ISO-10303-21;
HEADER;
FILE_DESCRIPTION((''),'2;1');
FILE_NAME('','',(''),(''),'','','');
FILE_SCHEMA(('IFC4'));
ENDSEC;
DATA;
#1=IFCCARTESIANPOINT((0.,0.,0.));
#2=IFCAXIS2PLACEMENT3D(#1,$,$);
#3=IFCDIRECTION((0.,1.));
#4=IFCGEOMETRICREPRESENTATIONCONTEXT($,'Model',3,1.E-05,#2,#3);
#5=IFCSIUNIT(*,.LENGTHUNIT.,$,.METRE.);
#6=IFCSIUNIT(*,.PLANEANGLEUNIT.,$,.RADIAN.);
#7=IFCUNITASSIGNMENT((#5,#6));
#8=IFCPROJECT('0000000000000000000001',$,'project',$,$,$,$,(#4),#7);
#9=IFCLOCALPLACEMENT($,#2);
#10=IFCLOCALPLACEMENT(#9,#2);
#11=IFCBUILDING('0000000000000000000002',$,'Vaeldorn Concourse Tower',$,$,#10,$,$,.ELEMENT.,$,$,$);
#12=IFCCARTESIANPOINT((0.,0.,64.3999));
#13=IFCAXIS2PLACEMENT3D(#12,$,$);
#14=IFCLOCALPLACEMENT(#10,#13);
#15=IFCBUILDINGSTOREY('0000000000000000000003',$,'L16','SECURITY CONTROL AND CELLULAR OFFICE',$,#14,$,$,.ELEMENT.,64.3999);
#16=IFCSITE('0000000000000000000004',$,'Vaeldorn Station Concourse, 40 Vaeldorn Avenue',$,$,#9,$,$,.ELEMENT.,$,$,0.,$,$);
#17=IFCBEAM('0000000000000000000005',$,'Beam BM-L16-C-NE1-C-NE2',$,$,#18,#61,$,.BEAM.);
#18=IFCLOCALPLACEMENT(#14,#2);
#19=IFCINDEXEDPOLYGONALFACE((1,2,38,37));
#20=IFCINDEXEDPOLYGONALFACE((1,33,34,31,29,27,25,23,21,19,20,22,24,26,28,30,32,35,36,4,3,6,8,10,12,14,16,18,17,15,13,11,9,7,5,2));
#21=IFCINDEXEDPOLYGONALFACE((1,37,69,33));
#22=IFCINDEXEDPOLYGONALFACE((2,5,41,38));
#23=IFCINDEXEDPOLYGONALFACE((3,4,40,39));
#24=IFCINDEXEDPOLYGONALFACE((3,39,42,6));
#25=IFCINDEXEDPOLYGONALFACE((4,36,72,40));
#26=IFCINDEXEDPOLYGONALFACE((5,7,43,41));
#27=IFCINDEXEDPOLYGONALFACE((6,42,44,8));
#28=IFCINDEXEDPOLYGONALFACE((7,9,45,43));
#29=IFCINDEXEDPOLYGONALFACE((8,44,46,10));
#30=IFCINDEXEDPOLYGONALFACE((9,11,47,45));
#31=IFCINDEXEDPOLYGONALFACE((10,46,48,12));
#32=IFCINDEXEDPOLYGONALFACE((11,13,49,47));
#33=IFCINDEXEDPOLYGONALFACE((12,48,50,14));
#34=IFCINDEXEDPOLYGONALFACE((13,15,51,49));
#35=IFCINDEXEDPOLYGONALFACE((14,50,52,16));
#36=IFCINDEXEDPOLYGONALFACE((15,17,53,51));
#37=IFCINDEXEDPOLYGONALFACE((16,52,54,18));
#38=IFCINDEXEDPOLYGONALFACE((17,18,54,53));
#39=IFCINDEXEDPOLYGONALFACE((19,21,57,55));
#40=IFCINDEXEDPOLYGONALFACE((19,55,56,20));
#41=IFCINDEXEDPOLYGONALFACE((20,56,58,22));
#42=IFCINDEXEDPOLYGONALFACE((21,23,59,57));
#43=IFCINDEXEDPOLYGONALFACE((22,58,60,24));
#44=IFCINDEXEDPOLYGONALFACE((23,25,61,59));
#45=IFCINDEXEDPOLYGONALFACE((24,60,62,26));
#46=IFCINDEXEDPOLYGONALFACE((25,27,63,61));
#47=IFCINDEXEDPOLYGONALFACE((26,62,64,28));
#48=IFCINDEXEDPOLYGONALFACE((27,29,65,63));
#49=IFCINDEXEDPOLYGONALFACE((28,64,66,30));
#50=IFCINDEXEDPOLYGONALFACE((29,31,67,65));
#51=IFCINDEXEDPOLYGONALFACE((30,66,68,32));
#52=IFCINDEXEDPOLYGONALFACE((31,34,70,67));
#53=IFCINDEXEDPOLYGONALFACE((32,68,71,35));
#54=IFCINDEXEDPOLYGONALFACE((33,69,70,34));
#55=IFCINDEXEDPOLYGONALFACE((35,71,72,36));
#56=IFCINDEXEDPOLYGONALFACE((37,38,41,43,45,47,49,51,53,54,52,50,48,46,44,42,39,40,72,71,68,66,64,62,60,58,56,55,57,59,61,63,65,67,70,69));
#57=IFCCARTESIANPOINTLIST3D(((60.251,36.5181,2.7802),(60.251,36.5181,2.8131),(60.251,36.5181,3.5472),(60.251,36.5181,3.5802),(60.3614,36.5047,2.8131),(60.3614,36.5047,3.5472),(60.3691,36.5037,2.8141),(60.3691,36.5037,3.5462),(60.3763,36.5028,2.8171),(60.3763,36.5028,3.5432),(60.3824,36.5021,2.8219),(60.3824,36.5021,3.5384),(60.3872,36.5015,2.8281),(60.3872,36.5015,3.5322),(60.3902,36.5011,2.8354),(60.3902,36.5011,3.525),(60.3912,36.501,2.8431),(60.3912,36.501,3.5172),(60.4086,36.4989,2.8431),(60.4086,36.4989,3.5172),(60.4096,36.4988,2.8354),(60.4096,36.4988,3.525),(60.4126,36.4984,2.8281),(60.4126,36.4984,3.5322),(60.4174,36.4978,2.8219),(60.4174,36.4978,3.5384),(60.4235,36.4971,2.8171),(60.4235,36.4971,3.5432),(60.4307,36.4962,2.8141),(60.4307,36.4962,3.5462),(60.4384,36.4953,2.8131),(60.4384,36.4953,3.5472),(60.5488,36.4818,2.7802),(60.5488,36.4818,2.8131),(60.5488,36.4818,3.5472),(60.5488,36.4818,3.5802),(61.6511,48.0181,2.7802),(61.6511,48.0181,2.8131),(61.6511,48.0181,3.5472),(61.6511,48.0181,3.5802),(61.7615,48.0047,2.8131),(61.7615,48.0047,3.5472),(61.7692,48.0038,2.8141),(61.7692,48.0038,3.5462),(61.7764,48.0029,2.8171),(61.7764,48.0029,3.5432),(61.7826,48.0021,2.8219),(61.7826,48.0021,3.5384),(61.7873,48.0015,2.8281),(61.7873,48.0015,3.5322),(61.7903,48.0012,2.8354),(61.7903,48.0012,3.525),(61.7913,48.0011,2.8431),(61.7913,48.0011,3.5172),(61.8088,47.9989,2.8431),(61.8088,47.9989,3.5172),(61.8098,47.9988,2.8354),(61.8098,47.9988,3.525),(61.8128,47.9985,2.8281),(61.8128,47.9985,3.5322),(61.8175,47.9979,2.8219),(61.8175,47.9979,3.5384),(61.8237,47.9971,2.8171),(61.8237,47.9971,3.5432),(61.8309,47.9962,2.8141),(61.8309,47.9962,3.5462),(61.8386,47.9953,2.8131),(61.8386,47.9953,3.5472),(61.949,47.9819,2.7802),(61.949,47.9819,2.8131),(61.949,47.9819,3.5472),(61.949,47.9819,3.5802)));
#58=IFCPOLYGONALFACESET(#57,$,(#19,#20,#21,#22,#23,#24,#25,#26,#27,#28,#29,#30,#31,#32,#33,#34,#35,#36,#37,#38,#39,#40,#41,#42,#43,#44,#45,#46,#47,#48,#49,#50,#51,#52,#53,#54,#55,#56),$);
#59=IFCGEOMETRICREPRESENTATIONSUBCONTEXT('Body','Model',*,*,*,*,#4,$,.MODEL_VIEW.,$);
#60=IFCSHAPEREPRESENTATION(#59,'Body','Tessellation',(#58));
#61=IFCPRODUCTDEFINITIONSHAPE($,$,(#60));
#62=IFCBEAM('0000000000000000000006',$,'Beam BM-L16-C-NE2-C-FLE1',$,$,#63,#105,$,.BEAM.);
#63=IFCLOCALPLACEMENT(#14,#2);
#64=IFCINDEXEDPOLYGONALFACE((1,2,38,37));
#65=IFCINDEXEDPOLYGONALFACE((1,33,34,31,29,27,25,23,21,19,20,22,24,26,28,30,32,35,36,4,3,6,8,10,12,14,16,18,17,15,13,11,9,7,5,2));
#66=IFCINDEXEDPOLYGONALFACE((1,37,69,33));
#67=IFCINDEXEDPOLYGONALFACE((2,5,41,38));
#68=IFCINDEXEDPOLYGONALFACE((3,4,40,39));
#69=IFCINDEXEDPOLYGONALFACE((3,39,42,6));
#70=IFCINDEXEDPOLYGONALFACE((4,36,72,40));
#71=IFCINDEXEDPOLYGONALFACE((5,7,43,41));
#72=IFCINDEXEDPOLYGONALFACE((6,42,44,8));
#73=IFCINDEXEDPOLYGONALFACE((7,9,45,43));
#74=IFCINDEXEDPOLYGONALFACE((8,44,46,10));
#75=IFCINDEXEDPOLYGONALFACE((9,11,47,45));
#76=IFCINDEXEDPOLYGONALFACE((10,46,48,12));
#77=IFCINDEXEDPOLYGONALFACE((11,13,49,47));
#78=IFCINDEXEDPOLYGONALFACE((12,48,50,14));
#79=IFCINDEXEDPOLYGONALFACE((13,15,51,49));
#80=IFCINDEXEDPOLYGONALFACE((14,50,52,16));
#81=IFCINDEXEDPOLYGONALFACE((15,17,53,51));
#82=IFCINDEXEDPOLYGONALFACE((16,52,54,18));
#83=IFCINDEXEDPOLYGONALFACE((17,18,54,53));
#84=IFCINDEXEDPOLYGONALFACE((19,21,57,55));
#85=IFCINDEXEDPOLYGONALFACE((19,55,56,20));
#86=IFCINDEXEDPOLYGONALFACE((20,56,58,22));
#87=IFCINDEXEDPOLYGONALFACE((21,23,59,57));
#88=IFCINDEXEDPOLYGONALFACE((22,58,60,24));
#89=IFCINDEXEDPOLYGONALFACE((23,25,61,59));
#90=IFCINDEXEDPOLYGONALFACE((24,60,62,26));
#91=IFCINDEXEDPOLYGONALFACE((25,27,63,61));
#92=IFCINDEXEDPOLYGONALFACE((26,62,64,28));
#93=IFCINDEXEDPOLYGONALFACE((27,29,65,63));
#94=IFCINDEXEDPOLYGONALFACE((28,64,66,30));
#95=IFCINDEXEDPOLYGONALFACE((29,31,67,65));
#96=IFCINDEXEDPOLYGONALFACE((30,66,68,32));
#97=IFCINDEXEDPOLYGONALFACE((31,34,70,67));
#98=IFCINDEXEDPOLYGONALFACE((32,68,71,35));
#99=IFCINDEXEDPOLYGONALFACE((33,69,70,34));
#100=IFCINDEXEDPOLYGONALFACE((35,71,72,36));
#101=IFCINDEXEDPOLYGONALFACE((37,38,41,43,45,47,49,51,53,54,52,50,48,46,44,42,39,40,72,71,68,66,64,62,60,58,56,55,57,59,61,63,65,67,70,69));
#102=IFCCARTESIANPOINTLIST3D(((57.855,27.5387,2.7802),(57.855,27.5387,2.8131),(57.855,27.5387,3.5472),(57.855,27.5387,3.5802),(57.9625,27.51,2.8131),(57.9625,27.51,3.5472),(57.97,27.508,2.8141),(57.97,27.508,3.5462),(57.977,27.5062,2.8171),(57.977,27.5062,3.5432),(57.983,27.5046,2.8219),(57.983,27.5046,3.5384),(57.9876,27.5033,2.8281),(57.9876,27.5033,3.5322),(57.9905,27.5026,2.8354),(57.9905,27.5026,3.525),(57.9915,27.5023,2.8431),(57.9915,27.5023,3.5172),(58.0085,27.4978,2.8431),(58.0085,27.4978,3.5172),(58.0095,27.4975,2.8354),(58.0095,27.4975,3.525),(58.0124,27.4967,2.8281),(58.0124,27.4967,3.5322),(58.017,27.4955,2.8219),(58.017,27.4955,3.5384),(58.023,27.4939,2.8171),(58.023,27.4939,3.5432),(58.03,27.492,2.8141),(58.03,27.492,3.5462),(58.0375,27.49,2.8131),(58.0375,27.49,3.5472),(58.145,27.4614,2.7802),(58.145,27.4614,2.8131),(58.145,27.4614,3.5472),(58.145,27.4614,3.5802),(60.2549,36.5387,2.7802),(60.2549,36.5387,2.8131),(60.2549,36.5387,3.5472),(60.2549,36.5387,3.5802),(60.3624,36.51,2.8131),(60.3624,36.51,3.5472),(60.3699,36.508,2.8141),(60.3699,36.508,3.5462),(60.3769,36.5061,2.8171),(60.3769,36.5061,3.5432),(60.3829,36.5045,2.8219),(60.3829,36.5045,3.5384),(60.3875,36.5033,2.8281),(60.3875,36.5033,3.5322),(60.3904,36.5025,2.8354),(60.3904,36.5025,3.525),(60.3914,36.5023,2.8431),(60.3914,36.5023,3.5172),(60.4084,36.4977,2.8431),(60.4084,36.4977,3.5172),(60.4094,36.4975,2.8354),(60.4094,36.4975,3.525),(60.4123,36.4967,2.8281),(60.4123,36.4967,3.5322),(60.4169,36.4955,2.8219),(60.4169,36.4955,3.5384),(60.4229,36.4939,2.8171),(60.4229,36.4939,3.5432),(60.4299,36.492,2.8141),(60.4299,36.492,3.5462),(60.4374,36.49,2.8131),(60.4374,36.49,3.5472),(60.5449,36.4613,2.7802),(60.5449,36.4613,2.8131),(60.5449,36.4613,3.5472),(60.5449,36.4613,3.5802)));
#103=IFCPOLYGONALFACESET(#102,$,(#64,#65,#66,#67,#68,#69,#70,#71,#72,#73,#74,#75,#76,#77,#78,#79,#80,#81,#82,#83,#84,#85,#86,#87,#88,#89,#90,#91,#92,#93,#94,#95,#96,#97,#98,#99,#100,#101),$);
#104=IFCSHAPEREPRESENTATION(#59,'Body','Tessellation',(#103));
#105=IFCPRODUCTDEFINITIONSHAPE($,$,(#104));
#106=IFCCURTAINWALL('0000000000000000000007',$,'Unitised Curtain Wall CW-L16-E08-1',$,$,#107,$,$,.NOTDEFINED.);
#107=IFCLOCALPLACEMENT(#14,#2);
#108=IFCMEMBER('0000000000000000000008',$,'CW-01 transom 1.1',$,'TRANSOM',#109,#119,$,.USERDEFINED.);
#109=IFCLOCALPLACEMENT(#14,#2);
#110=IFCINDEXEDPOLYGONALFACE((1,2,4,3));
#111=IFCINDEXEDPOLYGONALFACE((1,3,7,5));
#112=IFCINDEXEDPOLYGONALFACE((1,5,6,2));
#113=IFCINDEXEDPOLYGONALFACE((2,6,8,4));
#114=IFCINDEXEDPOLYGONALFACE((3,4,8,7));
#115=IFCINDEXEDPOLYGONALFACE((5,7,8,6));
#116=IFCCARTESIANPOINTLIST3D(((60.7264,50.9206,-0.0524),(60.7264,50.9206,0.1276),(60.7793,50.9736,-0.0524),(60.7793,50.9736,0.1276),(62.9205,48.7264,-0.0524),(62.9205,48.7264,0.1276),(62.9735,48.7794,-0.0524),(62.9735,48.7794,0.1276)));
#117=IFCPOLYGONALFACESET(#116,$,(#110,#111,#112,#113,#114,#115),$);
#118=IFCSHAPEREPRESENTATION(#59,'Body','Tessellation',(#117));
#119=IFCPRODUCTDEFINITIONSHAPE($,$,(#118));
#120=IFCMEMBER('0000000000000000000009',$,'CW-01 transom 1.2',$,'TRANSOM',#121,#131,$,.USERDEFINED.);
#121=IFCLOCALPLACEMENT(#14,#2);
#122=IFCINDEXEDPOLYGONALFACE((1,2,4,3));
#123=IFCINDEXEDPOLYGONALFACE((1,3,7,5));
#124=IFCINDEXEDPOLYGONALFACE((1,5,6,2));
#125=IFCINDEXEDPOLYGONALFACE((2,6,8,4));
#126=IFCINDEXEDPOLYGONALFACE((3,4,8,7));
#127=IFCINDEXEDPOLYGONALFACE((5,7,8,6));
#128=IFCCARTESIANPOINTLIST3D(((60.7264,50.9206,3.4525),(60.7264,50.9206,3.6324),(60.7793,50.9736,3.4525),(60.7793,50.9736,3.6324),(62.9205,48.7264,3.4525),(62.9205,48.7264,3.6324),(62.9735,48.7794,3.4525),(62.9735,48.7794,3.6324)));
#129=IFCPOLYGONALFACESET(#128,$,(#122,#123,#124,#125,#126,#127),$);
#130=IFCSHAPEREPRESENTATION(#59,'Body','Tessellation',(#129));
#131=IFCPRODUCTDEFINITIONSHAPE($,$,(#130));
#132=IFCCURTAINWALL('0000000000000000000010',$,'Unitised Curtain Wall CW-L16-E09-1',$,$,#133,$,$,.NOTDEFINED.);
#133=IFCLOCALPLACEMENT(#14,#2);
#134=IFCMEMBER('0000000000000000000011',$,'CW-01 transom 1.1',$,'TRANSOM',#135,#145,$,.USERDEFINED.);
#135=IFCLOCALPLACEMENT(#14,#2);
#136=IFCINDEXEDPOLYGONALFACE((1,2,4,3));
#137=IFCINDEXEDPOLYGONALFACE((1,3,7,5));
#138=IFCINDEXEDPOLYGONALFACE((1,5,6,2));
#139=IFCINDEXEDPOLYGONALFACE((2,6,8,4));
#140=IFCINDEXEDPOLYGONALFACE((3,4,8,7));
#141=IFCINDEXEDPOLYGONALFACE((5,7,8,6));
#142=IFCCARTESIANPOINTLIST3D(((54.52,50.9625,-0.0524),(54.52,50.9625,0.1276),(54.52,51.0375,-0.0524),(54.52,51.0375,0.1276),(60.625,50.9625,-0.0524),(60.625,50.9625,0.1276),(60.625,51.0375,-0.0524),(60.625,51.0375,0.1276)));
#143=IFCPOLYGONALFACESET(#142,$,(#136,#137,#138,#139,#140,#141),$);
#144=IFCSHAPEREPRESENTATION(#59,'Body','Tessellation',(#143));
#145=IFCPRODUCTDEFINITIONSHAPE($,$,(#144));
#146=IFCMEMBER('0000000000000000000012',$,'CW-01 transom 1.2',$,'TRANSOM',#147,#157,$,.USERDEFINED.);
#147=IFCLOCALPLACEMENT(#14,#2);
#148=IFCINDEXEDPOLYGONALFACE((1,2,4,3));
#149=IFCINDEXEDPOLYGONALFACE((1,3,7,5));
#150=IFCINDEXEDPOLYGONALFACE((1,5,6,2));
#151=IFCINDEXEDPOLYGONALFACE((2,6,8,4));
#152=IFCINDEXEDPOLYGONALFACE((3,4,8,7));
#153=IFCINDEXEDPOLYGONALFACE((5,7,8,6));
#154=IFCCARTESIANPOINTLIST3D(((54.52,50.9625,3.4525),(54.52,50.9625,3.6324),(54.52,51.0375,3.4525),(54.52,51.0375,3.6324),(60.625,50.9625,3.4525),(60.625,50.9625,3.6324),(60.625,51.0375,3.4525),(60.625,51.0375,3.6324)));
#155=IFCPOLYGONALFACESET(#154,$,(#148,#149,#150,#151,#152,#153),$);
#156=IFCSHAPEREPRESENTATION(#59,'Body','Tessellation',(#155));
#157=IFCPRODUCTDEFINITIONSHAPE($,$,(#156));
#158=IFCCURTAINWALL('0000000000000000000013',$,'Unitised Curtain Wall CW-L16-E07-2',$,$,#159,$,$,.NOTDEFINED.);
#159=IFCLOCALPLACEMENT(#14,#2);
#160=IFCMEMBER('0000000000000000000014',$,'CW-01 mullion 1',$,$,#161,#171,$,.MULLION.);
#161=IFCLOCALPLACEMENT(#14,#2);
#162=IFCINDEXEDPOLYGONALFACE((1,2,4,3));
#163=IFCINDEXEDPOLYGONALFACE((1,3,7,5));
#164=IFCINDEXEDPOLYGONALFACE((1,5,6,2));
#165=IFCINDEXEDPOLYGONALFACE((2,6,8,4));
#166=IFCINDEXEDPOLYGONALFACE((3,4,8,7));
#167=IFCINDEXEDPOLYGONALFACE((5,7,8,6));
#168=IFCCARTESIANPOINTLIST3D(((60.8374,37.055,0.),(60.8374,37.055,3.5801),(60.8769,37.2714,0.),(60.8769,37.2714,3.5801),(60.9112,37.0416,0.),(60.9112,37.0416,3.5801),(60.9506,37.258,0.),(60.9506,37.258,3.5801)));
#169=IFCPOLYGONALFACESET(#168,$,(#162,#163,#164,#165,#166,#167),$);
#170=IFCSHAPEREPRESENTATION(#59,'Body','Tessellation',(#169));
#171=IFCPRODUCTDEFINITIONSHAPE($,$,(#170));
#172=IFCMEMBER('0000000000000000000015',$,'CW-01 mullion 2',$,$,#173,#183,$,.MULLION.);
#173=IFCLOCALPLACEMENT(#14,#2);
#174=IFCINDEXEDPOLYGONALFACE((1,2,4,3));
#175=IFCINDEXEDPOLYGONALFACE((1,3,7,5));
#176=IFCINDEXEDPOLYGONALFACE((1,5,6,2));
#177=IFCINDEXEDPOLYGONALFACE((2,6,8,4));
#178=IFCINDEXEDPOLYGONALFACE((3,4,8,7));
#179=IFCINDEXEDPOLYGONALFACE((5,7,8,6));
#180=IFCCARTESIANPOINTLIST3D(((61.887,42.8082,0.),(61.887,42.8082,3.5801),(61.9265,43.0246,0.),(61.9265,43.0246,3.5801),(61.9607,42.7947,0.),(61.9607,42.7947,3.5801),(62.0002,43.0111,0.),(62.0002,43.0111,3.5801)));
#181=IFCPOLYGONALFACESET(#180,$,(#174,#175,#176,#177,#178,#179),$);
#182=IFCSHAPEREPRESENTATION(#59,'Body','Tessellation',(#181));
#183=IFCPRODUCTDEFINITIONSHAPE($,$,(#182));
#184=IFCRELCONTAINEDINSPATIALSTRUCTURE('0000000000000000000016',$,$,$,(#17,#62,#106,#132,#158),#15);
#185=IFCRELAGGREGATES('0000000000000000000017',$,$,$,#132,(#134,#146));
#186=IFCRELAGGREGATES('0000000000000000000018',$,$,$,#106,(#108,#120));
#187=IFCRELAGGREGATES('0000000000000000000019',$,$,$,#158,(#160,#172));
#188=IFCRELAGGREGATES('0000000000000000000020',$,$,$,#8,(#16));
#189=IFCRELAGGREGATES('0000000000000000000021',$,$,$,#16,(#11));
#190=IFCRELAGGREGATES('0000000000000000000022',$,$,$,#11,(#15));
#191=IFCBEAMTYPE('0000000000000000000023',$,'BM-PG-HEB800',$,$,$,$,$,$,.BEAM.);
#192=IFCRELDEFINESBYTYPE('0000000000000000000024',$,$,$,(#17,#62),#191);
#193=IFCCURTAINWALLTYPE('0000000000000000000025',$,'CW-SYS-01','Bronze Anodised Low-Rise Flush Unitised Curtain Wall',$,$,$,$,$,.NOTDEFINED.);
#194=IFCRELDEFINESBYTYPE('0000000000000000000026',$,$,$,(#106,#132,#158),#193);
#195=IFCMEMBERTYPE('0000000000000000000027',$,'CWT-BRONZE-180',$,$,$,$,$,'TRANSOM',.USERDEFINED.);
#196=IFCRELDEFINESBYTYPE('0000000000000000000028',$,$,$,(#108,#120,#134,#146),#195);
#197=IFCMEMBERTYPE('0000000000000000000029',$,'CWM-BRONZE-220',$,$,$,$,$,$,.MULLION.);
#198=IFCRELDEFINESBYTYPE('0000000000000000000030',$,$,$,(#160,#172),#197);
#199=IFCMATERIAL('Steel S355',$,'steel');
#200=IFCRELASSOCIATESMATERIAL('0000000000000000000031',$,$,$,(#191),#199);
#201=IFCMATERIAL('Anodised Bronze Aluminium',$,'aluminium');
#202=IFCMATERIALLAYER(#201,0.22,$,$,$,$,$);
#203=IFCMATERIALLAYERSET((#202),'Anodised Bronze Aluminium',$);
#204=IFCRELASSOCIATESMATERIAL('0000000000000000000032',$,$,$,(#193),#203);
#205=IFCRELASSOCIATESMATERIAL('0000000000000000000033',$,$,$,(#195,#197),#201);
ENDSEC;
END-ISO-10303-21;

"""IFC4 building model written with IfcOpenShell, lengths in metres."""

from ifc_helpers import new_model, si_unit, direction, frame, origin, origin_2d, place, context, subcontext, project, spatial, rectangle, i_section, extrude, source, transform, mapped, material, layer, layer_set, material_profile, profile_set, type_object, element, aggregate, save


model = new_model("IFC4")

# Units and contexts
model_context = context("Model", 3, precision=1e-05, world=origin(), true_north=direction((0.0, 1.0)))
body_context = subcontext(model_context, "Body", "Model", "MODEL_VIEW")
ifc_project = project(units=[si_unit("LENGTHUNIT", "METRE"), si_unit("PLANEANGLEUNIT", "RADIAN")], contexts=[model_context])

# Site, building, storey
site_placement = place(None, origin())
site = spatial("IfcSite", under=ifc_project, at=site_placement, Name="Vaeldorn Station Concourse, 40 Vaeldorn Avenue", CompositionType="ELEMENT", RefElevation=0.0)
building_placement = place(site_placement, origin())
building = spatial("IfcBuilding", under=site, at=building_placement, Name="Vaeldorn Concourse Tower", CompositionType="ELEMENT")
storey_placement = place(building_placement, frame((0.0, 0.0, 64.3999)))
storey = spatial("IfcBuildingStorey", under=building, at=storey_placement, Name="L16", Description="SECURITY CONTROL AND CELLULAR OFFICE", CompositionType="ELEMENT", Elevation=64.3999)

# Beams
ifc_material_1 = material(Name="Steel S355", Category="steel")
ifc_material_profile_1 = material_profile(ifc_material_1, i_section(OverallWidth=0.3, OverallDepth=0.8, WebThickness=0.0176, FlangeThickness=0.033, FilletRadius=0.03, at=origin_2d()), Name="HEB 800")
ifc_profile_set_1 = profile_set([ifc_material_profile_1], Name="Steel S355")
beam_type = type_object("IfcBeamType", Name="BM-PG-HEB800", PredefinedType="BEAM", material=ifc_profile_set_1)
shared_shape_1 = source(origin(), body_context, "Body", "SweptSolid", [
    extrude(i_section(OverallWidth=0.3, OverallDepth=0.8, WebThickness=0.0176, FlangeThickness=0.033, FilletRadius=0.03, at=origin_2d()), origin(), (0.0, 0.0, 1.0), 11.585),
])
beam_1_placement = place(storey_placement, frame((61.8, 48.0, 3.1802), z_axis=(-0.120859, -0.99267, 0.0), x_axis=(0.99267, -0.120859, 0.0)))
element("IfcBeam", 1, at=beam_1_placement, inside=storey, type_object=beam_type, Name="Beam BM-L16-C-NE1-C-NE2", PredefinedType="BEAM", context=body_context, shape_type="MappedRepresentation", body=[
    mapped(shared_shape_1, transform((0.0, 0.0, 0.0), scale=1.0)),
])
shared_shape_2 = source(origin(), body_context, "Body", "SweptSolid", [
    extrude(i_section(OverallWidth=0.3, OverallDepth=0.8, WebThickness=0.0176, FlangeThickness=0.033, FilletRadius=0.03, at=origin_2d()), origin(), (0.0, 0.0, 1.0), 9.3145),
])
beam_2_placement = place(storey_placement, frame((60.3999, 36.5, 3.1802), z_axis=(-0.257653, -0.966238, 0.0), x_axis=(0.966238, -0.257653, 0.0)))
element("IfcBeam", 2, at=beam_2_placement, inside=storey, type_object=beam_type, Name="Beam BM-L16-C-NE2-C-FLE1", PredefinedType="BEAM", context=body_context, shape_type="MappedRepresentation", body=[
    mapped(shared_shape_2, transform((0.0, 0.0, 0.0), scale=1.0)),
])

# Curtain walls, members
ifc_material_2 = material(Name="Anodised Bronze Aluminium", Category="aluminium")
ifc_layer_1 = layer(ifc_material_2, 0.22)
ifc_layer_set_1 = layer_set([ifc_layer_1], Name="Anodised Bronze Aluminium")
curtain_wall_type = type_object("IfcCurtainWallType", Name="CW-SYS-01", Description="Bronze Anodised Low-Rise Flush Unitised Curtain Wall", PredefinedType="NOTDEFINED", material=ifc_layer_set_1)
curtain_wall_1_placement = place(storey_placement, origin())
curtain_wall_1 = element("IfcCurtainWall", 3, at=curtain_wall_1_placement, inside=storey, type_object=curtain_wall_type, Name="Unitised Curtain Wall CW-L16-E08-1", PredefinedType="NOTDEFINED")
ifc_material_profile_2 = material_profile(ifc_material_2, rectangle(XDim=0.075, YDim=0.1799, at=origin_2d()), Name="CWT 75x180")
ifc_profile_set_2 = profile_set([ifc_material_profile_2], Name="Anodised Bronze Aluminium")
member_type_1 = type_object("IfcMemberType", Name="CWT-BRONZE-180", ElementType="TRANSOM", PredefinedType="USERDEFINED", material=ifc_profile_set_2)
shared_shape_3 = source(origin(), body_context, "Body", "SweptSolid", [
    extrude(rectangle(XDim=0.075, YDim=0.1799, at=origin_2d()), origin(), (0.0, 0.0, 1.0), 3.103),
])
member_1_placement = place(storey_placement, frame((62.947, 48.7529, 0.0376), z_axis=(-0.707107, 0.707107, 0.0), x_axis=(-0.707107, -0.707107, 0.0)))
member_1 = element("IfcMember", 4, at=member_1_placement, type_object=member_type_1, Name="CW-01 transom 1.1", ObjectType="TRANSOM", PredefinedType="USERDEFINED", context=body_context, shape_type="MappedRepresentation", body=[
    mapped(shared_shape_3, transform((0.0, 0.0, 0.0), scale=1.0)),
])
member_2_placement = place(storey_placement, frame((62.947, 48.7529, 3.5425), z_axis=(-0.707107, 0.707107, 0.0), x_axis=(-0.707107, -0.707107, 0.0)))
member_2 = element("IfcMember", 5, at=member_2_placement, type_object=member_type_1, Name="CW-01 transom 1.2", ObjectType="TRANSOM", PredefinedType="USERDEFINED", context=body_context, shape_type="MappedRepresentation", body=[
    mapped(shared_shape_3, transform((0.0, 0.0, 0.0), scale=1.0)),
])
curtain_wall_2_placement = place(storey_placement, origin())
curtain_wall_2 = element("IfcCurtainWall", 6, at=curtain_wall_2_placement, inside=storey, type_object=curtain_wall_type, Name="Unitised Curtain Wall CW-L16-E09-1", PredefinedType="NOTDEFINED")
shared_shape_4 = source(origin(), body_context, "Body", "SweptSolid", [
    extrude(rectangle(XDim=0.075, YDim=0.1799, at=origin_2d()), origin(), (0.0, 0.0, 1.0), 6.105),
])
member_3_placement = place(storey_placement, frame((60.625, 51.0, 0.0376), z_axis=(-1.0, 0.0, 0.0), x_axis=(0.0, -1.0, 0.0)))
member_3 = element("IfcMember", 7, at=member_3_placement, type_object=member_type_1, Name="CW-01 transom 1.1", ObjectType="TRANSOM", PredefinedType="USERDEFINED", context=body_context, shape_type="MappedRepresentation", body=[
    mapped(shared_shape_4, transform((0.0, 0.0, 0.0), scale=1.0)),
])
member_4_placement = place(storey_placement, frame((60.625, 51.0, 3.5425), z_axis=(-1.0, 0.0, 0.0), x_axis=(0.0, -1.0, 0.0)))
member_4 = element("IfcMember", 8, at=member_4_placement, type_object=member_type_1, Name="CW-01 transom 1.2", ObjectType="TRANSOM", PredefinedType="USERDEFINED", context=body_context, shape_type="MappedRepresentation", body=[
    mapped(shared_shape_4, transform((0.0, 0.0, 0.0), scale=1.0)),
])
curtain_wall_3_placement = place(storey_placement, origin())
curtain_wall_3 = element("IfcCurtainWall", 9, at=curtain_wall_3_placement, inside=storey, type_object=curtain_wall_type, Name="Unitised Curtain Wall CW-L16-E07-2", PredefinedType="NOTDEFINED")
ifc_material_profile_3 = material_profile(ifc_material_2, rectangle(XDim=0.075, YDim=0.22, at=origin_2d()), Name="CWM 75x220")
ifc_profile_set_3 = profile_set([ifc_material_profile_3], Name="Anodised Bronze Aluminium")
member_type_2 = type_object("IfcMemberType", Name="CWM-BRONZE-220", PredefinedType="MULLION", material=ifc_profile_set_3)
shared_shape_5 = source(origin(), body_context, "Body", "SweptSolid", [
    extrude(rectangle(XDim=0.075, YDim=0.22, at=origin_2d()), origin(), (0.0, 0.0, 1.0), 3.5801),
])
member_5_placement = place(storey_placement, frame((60.894, 37.1565, 0.0), z_axis=(0.0, 0.0, 1.0), x_axis=(-0.983763, 0.179474, 0.0)))
member_5 = element("IfcMember", 10, at=member_5_placement, type_object=member_type_2, Name="CW-01 mullion 1", PredefinedType="MULLION", context=body_context, shape_type="MappedRepresentation", body=[
    mapped(shared_shape_5, transform((0.0, 0.0, 0.0), scale=1.0)),
])
member_6_placement = place(storey_placement, frame((61.9436, 42.9097, 0.0), z_axis=(0.0, 0.0, 1.0), x_axis=(-0.983763, 0.179474, 0.0)))
member_6 = element("IfcMember", 11, at=member_6_placement, type_object=member_type_2, Name="CW-01 mullion 2", PredefinedType="MULLION", context=body_context, shape_type="MappedRepresentation", body=[
    mapped(shared_shape_5, transform((0.0, 0.0, 0.0), scale=1.0)),
])

aggregate(curtain_wall_2, [member_3, member_4])

aggregate(curtain_wall_1, [member_1, member_2])
aggregate(curtain_wall_3, [member_5, member_6])

save(model, "model.ifc")
